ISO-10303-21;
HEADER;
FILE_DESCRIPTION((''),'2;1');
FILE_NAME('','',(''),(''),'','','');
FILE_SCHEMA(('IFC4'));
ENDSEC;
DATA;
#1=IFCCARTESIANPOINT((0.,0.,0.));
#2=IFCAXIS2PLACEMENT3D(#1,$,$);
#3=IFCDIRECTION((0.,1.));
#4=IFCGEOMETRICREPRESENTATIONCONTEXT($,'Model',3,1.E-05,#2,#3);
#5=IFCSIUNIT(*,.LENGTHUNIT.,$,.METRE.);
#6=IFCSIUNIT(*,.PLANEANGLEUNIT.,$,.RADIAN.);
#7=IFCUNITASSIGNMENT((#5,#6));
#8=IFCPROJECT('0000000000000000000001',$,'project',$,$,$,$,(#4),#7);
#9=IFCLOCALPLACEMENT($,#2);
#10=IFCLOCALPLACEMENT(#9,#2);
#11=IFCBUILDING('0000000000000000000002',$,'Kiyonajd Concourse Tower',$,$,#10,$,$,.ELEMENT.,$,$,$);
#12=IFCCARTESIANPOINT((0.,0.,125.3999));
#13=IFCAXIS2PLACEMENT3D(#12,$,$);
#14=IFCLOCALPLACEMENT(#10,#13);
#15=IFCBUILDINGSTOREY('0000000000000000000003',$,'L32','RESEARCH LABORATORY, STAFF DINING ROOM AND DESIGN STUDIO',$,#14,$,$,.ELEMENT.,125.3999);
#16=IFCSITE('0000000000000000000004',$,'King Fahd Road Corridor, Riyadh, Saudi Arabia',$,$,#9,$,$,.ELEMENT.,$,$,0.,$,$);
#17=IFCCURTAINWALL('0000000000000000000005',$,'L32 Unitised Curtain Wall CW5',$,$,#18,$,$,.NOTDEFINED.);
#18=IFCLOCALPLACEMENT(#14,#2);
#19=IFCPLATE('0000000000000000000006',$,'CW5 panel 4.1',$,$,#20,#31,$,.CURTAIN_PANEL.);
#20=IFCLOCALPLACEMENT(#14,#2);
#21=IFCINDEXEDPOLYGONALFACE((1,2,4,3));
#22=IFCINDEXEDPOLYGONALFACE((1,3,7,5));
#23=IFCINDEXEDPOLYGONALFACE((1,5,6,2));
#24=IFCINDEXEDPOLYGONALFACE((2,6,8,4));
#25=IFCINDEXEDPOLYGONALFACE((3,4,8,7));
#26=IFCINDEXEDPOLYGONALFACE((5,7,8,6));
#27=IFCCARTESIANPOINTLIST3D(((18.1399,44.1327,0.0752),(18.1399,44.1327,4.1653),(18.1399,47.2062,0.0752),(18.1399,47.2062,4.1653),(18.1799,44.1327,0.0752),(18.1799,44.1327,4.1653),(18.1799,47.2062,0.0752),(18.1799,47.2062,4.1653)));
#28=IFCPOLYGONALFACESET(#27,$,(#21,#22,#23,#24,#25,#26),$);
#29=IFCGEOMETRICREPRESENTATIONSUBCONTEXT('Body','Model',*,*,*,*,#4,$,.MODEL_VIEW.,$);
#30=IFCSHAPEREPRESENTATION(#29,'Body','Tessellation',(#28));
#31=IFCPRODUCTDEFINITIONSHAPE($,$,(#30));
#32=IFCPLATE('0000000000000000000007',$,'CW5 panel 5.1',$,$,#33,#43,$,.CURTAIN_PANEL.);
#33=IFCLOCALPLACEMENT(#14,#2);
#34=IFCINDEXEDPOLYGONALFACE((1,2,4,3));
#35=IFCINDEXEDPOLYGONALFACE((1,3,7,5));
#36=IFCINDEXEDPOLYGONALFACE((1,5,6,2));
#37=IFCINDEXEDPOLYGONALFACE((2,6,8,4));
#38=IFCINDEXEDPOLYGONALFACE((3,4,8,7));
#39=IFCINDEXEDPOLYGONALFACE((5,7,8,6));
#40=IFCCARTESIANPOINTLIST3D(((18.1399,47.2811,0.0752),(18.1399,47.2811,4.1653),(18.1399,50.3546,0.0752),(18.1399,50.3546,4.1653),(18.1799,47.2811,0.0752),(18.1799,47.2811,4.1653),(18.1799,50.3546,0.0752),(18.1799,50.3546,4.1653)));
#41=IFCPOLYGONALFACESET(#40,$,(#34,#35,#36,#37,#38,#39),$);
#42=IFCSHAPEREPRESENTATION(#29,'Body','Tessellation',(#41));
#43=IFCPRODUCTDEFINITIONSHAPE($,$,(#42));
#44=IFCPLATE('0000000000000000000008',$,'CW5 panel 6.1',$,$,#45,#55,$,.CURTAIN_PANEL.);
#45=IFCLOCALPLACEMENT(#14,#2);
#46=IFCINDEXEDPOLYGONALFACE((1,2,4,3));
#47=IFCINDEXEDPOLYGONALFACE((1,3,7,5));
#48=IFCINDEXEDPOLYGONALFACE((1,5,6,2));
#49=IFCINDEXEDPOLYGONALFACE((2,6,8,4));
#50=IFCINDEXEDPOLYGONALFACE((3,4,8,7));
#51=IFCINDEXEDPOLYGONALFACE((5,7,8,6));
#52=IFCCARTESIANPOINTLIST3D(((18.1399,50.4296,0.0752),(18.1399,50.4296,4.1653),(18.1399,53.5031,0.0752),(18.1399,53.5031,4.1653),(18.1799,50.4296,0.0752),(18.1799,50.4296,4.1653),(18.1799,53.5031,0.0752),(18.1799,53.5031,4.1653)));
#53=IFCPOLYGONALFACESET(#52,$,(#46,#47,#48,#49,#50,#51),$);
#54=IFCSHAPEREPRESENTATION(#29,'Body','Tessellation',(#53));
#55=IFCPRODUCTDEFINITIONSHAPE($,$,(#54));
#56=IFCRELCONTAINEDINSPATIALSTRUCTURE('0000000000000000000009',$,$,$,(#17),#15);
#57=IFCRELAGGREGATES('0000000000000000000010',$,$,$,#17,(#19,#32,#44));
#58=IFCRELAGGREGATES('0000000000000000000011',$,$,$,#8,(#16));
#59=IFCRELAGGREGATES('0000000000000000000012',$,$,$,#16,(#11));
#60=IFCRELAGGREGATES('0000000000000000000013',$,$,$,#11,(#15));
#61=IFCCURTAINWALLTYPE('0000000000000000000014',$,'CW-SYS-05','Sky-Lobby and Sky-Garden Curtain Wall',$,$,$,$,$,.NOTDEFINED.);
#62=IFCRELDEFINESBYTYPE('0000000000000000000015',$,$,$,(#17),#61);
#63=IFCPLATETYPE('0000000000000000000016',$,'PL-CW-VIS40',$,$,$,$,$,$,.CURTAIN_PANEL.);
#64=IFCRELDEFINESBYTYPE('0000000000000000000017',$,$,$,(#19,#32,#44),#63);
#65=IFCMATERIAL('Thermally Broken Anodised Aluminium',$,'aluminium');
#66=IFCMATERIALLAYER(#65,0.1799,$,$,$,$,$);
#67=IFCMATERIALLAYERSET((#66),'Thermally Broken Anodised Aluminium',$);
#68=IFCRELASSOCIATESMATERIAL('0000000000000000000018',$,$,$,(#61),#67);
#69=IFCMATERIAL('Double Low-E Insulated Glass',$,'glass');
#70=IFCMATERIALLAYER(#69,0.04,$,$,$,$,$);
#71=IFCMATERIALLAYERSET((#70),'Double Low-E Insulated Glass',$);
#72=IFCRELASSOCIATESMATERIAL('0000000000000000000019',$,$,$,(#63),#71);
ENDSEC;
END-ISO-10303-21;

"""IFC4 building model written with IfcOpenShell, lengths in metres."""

from ifc_helpers import new_model, si_unit, direction, frame, origin, origin_2d, place, context, subcontext, project, spatial, rectangle, extrude, material, layer, layer_set, type_object, element, aggregate, save


model = new_model("IFC4")

# Units and contexts
model_context = context("Model", 3, precision=1e-05, world=origin(), true_north=direction((0.0, 1.0)))
body_context = subcontext(model_context, "Body", "Model", "MODEL_VIEW")
ifc_project = project(units=[si_unit("LENGTHUNIT", "METRE"), si_unit("PLANEANGLEUNIT", "RADIAN")], contexts=[model_context])

# Site, building, storey
site_placement = place(None, origin())
site = spatial("IfcSite", under=ifc_project, at=site_placement, Name="King Fahd Road Corridor, Riyadh, Saudi Arabia", CompositionType="ELEMENT", RefElevation=0.0)
building_placement = place(site_placement, origin())
building = spatial("IfcBuilding", under=site, at=building_placement, Name="Kiyonajd Concourse Tower", CompositionType="ELEMENT")
storey_placement = place(building_placement, frame((0.0, 0.0, 125.3999)))
storey = spatial("IfcBuildingStorey", under=building, at=storey_placement, Name="L32", Description="RESEARCH LABORATORY, STAFF DINING ROOM AND DESIGN STUDIO", CompositionType="ELEMENT", Elevation=125.3999)

# Curtain wall, plates
ifc_material_1 = material(Name="Thermally Broken Anodised Aluminium", Category="aluminium")
ifc_layer_1 = layer(ifc_material_1, 0.1799)
ifc_layer_set_1 = layer_set([ifc_layer_1], Name="Thermally Broken Anodised Aluminium")
curtain_wall_type = type_object("IfcCurtainWallType", Name="CW-SYS-05", Description="Sky-Lobby and Sky-Garden Curtain Wall", PredefinedType="NOTDEFINED", material=ifc_layer_set_1)
curtain_wall_placement = place(storey_placement, origin())
curtain_wall = element("IfcCurtainWall", 1, at=curtain_wall_placement, inside=storey, type_object=curtain_wall_type, Name="L32 Unitised Curtain Wall CW5", PredefinedType="NOTDEFINED")
ifc_material_2 = material(Name="Double Low-E Insulated Glass", Category="glass")
ifc_layer_2 = layer(ifc_material_2, 0.04)
ifc_layer_set_2 = layer_set([ifc_layer_2], Name="Double Low-E Insulated Glass")
plate_type = type_object("IfcPlateType", Name="PL-CW-VIS40", PredefinedType="CURTAIN_PANEL", material=ifc_layer_set_2)
plate_1_placement = place(storey_placement, frame((18.1599, 45.6694, 0.0752), z_axis=(0.0, 0.0, 1.0), x_axis=(0.0, 1.0, 0.0)))
plate_1 = element("IfcPlate", 2, at=plate_1_placement, type_object=plate_type, Name="CW5 panel 4.1", PredefinedType="CURTAIN_PANEL", context=body_context, shape_type="SweptSolid", body=[
    extrude(rectangle(XDim=3.0735, YDim=0.04, at=origin_2d()), origin(), (0.0, 0.0, 1.0), 4.0901),
])
plate_2_placement = place(storey_placement, frame((18.1599, 48.8179, 0.0752), z_axis=(0.0, 0.0, 1.0), x_axis=(0.0, 1.0, 0.0)))
plate_2 = element("IfcPlate", 3, at=plate_2_placement, type_object=plate_type, Name="CW5 panel 5.1", PredefinedType="CURTAIN_PANEL", context=body_context, shape_type="SweptSolid", body=[
    extrude(rectangle(XDim=3.0735, YDim=0.04, at=origin_2d()), origin(), (0.0, 0.0, 1.0), 4.0901),
])
plate_3_placement = place(storey_placement, frame((18.1599, 51.9663, 0.0752), z_axis=(0.0, 0.0, 1.0), x_axis=(0.0, 1.0, 0.0)))
plate_3 = element("IfcPlate", 4, at=plate_3_placement, type_object=plate_type, Name="CW5 panel 6.1", PredefinedType="CURTAIN_PANEL", context=body_context, shape_type="SweptSolid", body=[
    extrude(rectangle(XDim=3.0735, YDim=0.04, at=origin_2d()), origin(), (0.0, 0.0, 1.0), 4.0901),
])
aggregate(curtain_wall, [plate_1, plate_2, plate_3])

save(model, "model.ifc")
